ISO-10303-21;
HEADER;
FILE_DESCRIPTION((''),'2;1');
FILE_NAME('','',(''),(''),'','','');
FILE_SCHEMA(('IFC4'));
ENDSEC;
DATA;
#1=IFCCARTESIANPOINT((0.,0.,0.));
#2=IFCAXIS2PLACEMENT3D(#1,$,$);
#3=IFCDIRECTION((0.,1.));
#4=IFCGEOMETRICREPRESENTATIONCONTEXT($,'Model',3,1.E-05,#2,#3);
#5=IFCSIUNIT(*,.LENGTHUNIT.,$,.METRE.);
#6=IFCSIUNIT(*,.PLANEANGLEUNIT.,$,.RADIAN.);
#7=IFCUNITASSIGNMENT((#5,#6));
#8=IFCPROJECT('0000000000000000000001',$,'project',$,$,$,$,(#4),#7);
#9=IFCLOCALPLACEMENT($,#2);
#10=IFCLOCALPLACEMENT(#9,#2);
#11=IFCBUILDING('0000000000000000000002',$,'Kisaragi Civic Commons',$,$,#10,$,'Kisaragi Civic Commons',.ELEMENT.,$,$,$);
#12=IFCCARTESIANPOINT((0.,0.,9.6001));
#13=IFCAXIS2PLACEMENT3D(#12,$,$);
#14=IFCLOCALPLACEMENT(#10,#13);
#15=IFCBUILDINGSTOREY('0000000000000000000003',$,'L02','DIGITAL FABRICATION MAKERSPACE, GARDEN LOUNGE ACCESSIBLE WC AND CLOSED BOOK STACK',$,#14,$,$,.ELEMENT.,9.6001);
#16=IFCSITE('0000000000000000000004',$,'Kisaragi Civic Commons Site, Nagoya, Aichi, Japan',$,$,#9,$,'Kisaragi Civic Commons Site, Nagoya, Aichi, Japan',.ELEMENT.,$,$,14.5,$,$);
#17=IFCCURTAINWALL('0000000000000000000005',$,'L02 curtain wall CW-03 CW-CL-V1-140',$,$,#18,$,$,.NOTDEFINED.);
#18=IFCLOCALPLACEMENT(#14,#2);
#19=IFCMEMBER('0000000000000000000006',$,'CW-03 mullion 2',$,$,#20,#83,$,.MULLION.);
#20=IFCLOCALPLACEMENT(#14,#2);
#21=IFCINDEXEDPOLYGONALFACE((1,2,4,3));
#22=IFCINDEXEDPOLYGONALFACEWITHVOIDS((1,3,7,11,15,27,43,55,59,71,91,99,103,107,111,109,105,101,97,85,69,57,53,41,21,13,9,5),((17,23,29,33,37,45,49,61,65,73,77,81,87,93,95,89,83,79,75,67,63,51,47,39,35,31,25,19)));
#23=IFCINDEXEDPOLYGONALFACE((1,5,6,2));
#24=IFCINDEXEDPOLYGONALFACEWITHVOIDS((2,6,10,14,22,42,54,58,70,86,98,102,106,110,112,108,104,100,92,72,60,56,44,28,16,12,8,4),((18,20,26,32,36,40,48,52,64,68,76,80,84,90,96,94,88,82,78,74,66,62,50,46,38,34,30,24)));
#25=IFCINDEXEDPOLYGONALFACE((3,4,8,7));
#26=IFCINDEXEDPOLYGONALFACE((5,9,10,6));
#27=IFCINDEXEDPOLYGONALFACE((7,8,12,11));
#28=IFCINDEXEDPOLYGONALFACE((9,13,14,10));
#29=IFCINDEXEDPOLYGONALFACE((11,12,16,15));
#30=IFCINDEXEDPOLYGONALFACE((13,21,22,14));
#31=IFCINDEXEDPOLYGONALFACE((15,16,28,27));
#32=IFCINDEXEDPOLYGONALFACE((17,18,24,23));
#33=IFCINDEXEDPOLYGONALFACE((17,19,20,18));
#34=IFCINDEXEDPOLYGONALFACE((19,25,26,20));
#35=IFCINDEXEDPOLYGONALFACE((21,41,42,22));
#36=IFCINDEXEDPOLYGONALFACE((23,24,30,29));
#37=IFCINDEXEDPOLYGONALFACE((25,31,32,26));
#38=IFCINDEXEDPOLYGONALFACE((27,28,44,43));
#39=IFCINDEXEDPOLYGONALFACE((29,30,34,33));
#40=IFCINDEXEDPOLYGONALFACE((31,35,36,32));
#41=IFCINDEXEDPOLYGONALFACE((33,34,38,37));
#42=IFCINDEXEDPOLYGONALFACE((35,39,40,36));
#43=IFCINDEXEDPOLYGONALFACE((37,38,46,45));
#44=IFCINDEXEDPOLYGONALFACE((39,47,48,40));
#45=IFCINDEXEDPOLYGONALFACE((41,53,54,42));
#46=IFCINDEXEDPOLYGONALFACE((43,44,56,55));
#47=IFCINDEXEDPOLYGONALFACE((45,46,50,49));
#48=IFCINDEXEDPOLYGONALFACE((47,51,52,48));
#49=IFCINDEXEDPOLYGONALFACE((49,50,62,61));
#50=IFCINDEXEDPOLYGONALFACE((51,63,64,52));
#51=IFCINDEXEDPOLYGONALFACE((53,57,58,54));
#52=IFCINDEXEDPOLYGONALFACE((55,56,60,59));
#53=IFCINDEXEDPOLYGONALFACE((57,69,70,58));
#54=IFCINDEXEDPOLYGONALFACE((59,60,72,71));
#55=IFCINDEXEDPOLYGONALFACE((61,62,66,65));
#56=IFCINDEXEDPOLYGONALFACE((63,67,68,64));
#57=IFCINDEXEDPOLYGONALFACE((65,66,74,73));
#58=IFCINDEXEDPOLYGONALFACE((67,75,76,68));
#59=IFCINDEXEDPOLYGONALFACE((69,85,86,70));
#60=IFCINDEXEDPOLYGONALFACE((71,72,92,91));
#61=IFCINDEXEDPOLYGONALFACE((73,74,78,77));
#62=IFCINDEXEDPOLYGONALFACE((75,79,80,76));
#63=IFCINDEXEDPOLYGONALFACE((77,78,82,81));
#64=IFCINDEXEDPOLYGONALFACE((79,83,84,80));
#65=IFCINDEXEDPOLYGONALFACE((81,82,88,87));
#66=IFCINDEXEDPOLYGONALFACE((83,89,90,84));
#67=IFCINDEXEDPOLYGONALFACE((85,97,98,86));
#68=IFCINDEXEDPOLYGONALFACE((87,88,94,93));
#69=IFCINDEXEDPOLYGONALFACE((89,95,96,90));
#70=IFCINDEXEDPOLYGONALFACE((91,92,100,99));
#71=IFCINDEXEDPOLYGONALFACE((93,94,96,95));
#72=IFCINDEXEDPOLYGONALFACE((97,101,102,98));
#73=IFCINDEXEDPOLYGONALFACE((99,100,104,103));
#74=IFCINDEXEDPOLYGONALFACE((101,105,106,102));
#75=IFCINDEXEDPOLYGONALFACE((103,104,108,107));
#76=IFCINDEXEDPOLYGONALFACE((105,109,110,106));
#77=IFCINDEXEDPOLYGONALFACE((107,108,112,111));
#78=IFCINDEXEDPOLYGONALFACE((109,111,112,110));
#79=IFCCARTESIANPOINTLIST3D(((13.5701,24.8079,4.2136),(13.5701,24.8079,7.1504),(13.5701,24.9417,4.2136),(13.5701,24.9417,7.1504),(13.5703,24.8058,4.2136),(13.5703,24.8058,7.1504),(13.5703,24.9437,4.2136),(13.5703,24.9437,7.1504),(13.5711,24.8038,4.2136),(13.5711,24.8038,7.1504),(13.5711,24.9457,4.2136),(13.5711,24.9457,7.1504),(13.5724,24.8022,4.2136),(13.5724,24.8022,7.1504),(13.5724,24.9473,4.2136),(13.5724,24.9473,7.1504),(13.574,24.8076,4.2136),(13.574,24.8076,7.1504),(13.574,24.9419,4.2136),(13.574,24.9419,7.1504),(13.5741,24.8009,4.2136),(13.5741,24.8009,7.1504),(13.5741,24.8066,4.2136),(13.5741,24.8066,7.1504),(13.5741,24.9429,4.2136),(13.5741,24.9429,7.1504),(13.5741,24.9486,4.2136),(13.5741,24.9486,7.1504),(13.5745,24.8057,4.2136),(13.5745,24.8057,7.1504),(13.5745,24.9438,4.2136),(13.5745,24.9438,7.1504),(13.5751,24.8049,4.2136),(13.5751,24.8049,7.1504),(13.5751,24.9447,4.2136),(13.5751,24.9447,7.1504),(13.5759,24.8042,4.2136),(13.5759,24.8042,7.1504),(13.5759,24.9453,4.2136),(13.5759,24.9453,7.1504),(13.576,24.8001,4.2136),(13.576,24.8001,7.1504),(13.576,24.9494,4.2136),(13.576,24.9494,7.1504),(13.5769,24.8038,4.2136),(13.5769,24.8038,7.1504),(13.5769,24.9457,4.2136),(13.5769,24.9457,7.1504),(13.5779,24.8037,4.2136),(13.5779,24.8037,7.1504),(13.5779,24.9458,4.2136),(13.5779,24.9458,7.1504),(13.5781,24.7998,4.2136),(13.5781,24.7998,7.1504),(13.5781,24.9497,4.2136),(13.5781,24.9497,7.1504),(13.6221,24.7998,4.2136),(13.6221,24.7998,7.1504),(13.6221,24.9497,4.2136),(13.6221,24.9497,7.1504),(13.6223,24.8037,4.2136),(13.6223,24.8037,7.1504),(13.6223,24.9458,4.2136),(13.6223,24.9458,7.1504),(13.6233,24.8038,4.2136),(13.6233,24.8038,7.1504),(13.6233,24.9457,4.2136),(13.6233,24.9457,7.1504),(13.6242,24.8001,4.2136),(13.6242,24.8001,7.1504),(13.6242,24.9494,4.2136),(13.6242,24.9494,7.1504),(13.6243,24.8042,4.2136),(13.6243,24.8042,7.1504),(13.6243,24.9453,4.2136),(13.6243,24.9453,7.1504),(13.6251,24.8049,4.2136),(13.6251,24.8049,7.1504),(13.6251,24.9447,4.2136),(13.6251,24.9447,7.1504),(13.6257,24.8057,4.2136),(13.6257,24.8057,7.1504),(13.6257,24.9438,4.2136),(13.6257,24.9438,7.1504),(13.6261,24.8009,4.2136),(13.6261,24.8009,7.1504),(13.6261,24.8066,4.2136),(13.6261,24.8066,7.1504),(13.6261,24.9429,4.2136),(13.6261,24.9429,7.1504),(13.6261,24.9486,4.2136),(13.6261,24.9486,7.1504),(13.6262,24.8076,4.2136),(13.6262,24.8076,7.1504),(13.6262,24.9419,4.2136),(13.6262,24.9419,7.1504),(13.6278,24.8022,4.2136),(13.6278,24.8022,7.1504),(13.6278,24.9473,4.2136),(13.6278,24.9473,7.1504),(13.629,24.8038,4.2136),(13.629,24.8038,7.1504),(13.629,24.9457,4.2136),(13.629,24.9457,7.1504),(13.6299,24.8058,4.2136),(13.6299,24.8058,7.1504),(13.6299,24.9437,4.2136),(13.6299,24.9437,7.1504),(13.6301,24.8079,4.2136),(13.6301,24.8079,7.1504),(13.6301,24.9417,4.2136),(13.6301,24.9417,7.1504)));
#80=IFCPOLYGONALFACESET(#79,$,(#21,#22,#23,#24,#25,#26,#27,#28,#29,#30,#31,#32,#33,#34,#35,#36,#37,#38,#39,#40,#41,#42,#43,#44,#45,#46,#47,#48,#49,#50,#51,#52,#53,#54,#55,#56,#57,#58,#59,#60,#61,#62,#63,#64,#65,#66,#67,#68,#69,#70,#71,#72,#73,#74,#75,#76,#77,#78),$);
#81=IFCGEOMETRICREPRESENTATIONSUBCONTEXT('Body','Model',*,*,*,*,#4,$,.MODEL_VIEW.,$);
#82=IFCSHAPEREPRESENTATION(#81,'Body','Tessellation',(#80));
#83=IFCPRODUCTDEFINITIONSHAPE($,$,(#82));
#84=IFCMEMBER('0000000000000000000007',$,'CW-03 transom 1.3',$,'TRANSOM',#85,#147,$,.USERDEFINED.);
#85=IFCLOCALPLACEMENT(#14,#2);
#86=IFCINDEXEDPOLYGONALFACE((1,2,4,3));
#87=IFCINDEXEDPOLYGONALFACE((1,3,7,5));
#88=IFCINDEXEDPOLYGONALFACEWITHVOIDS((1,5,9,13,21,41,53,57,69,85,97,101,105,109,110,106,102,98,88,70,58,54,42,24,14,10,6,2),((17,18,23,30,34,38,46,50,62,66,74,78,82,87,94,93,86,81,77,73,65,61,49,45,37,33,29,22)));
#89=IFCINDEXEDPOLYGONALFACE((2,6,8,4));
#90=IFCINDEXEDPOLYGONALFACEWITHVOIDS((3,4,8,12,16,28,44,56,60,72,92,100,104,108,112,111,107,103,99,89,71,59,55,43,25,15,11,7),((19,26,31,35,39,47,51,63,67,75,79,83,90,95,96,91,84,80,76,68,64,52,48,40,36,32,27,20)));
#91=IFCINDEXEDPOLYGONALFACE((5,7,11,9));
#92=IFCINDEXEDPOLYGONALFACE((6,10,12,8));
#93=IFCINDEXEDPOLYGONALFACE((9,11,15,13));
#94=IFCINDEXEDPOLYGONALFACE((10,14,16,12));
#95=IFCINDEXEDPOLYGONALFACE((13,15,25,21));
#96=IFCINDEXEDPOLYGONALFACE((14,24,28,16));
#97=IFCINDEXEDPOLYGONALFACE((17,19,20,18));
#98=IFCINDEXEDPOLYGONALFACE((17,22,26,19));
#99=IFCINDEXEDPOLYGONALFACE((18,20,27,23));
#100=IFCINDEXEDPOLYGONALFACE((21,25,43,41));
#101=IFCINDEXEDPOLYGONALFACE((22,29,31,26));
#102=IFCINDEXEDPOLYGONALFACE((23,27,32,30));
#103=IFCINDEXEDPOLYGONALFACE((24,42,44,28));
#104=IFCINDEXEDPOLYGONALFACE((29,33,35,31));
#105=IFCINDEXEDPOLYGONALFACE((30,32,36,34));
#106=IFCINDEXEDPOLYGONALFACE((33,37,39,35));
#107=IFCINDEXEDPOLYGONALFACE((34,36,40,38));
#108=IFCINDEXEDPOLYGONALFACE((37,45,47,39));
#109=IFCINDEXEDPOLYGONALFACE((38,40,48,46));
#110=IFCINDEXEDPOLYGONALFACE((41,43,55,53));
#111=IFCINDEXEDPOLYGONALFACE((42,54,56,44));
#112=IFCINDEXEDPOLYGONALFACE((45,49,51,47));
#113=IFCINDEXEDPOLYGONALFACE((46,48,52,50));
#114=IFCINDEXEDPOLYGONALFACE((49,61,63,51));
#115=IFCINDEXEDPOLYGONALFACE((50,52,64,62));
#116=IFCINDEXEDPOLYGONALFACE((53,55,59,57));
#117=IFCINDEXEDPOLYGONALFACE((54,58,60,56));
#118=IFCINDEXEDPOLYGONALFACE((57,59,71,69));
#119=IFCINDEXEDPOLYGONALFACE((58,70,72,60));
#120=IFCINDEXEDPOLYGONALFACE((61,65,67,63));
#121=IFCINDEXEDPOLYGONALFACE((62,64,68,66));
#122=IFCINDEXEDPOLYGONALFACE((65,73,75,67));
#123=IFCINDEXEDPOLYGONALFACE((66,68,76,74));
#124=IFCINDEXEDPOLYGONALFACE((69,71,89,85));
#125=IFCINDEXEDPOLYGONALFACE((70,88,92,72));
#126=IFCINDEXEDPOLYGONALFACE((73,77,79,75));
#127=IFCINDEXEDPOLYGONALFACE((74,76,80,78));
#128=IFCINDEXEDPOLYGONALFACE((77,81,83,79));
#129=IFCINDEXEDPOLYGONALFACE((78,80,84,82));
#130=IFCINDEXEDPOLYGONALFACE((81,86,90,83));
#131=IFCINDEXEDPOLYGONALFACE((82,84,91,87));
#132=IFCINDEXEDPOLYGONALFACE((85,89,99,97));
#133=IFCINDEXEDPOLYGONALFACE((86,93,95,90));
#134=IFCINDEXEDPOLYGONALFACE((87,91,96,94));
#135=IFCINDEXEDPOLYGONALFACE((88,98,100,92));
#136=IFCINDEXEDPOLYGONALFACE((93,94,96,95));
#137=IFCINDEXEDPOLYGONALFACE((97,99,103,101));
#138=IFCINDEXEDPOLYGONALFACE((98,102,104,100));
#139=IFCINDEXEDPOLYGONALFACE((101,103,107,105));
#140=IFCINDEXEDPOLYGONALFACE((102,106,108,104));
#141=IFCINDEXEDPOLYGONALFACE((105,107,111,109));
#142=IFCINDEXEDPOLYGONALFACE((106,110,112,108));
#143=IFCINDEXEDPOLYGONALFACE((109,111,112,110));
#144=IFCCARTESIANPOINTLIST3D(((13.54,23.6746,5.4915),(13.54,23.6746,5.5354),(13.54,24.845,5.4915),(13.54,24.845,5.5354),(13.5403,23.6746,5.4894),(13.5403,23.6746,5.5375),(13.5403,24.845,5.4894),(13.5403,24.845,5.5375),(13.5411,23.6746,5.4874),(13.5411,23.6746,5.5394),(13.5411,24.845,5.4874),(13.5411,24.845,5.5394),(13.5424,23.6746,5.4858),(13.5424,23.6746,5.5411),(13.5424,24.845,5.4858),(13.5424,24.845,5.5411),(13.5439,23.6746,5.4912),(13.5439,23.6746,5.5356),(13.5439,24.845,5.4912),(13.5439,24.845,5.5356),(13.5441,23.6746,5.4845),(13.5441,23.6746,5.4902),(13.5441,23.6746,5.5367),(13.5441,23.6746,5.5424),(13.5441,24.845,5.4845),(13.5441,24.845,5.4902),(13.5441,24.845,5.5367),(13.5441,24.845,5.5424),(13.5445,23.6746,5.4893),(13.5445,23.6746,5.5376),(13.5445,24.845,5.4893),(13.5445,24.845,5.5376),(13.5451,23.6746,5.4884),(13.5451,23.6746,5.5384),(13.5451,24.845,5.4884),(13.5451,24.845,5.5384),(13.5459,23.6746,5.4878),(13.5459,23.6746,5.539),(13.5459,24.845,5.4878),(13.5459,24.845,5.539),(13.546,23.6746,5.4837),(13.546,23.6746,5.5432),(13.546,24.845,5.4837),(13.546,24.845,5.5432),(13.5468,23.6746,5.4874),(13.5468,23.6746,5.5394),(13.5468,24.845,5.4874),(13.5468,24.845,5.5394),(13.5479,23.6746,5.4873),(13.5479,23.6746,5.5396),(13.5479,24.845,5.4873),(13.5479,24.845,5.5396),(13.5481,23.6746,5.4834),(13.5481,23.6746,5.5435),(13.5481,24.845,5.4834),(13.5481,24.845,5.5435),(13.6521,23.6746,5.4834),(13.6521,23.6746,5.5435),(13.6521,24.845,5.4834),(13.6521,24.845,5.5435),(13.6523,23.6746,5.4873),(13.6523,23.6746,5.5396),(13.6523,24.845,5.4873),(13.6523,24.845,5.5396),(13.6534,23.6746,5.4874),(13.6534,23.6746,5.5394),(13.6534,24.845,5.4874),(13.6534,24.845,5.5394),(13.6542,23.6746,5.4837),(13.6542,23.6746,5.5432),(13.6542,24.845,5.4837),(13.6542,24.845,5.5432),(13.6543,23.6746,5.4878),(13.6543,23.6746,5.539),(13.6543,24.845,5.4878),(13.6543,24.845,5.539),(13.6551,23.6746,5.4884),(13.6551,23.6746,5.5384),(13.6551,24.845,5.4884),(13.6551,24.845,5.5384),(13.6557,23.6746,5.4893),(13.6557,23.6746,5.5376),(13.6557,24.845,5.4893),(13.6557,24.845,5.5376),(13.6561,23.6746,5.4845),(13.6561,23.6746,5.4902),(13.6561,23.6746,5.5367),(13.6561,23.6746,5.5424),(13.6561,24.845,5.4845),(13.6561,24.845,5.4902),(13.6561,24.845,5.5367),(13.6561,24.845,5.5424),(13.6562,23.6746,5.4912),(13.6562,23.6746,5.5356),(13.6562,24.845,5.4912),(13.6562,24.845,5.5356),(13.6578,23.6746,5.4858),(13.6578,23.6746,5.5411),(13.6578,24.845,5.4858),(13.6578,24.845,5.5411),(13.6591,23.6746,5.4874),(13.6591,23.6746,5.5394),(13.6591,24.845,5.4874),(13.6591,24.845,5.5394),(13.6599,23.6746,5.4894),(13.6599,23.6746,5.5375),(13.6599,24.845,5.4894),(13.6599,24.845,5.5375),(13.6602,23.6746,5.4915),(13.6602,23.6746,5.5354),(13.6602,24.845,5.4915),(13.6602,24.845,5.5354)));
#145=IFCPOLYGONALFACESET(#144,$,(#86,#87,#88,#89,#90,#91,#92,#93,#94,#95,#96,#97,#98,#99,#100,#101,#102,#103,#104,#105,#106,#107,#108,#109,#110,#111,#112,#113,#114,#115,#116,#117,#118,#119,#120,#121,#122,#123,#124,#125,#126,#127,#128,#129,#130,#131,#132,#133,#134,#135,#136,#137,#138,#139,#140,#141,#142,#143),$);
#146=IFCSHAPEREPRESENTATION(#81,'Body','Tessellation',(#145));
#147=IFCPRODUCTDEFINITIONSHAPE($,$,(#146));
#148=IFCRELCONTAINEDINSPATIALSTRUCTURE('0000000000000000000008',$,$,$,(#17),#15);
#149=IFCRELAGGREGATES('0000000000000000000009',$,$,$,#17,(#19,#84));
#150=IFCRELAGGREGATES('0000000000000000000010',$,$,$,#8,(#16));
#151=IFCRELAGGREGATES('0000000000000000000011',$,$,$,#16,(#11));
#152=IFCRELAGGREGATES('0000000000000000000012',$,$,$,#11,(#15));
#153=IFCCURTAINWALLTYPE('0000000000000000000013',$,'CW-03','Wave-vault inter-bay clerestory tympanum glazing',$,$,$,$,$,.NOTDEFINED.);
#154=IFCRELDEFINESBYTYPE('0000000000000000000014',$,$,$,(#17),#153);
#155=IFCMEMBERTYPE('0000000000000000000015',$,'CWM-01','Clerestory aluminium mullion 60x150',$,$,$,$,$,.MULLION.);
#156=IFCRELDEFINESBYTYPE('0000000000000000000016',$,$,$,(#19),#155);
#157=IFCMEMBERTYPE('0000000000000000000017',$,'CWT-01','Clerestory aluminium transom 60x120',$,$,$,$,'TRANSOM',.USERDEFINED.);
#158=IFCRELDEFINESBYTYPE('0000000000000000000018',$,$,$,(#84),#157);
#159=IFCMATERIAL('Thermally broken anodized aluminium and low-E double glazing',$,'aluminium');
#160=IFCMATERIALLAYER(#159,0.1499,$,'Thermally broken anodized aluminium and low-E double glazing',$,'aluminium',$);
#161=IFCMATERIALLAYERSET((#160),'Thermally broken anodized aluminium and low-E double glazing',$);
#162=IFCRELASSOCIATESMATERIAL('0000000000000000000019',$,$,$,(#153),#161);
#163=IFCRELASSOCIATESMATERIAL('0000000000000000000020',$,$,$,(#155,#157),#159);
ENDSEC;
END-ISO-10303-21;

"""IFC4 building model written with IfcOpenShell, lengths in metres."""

from ifc_helpers import new_model, si_unit, direction, frame, origin, origin_2d, place, context, subcontext, project, spatial, hollow_rectangle, extrude, material, layer, layer_set, material_profile, profile_set, type_object, element, aggregate, save


model = new_model("IFC4")

# Units and contexts
model_context = context("Model", 3, precision=1e-05, world=origin(), true_north=direction((0.0, 1.0)))
body_context = subcontext(model_context, "Body", "Model", "MODEL_VIEW")
ifc_project = project(units=[si_unit("LENGTHUNIT", "METRE"), si_unit("PLANEANGLEUNIT", "RADIAN")], contexts=[model_context])

# Site, building, storey
site_placement = place(None, origin())
site = spatial("IfcSite", under=ifc_project, at=site_placement, Name="Kisaragi Civic Commons Site, Nagoya, Aichi, Japan", LongName="Kisaragi Civic Commons Site, Nagoya, Aichi, Japan", CompositionType="ELEMENT", RefElevation=14.5)
building_placement = place(site_placement, origin())
building = spatial("IfcBuilding", under=site, at=building_placement, Name="Kisaragi Civic Commons", LongName="Kisaragi Civic Commons", CompositionType="ELEMENT")
storey_placement = place(building_placement, frame((0.0, 0.0, 9.6001)))
storey = spatial("IfcBuildingStorey", under=building, at=storey_placement, Name="L02", Description="DIGITAL FABRICATION MAKERSPACE, GARDEN LOUNGE ACCESSIBLE WC AND CLOSED BOOK STACK", CompositionType="ELEMENT", Elevation=9.6001)

# Curtain wall, members
ifc_material_1 = material(Name="Thermally broken anodized aluminium and low-E double glazing", Category="aluminium")
ifc_layer_1 = layer(ifc_material_1, 0.1499, Name="Thermally broken anodized aluminium and low-E double glazing", Category="aluminium")
ifc_layer_set_1 = layer_set([ifc_layer_1], Name="Thermally broken anodized aluminium and low-E double glazing")
curtain_wall_type = type_object("IfcCurtainWallType", Name="CW-03", Description="Wave-vault inter-bay clerestory tympanum glazing", PredefinedType="NOTDEFINED", material=ifc_layer_set_1)
curtain_wall_placement = place(storey_placement, origin())
curtain_wall = element("IfcCurtainWall", 1, at=curtain_wall_placement, inside=storey, type_object=curtain_wall_type, Name="L02 curtain wall CW-03 CW-CL-V1-140", PredefinedType="NOTDEFINED")
ifc_material_profile_1 = material_profile(ifc_material_1, hollow_rectangle(XDim=0.0601, YDim=0.1499, WallThickness=0.0039, InnerFilletRadius=0.0039, OuterFilletRadius=0.0081, at=origin_2d()), Name="CWM-60x150x4", Category="aluminium")
ifc_profile_set_1 = profile_set([ifc_material_profile_1], Name="Thermally broken anodized aluminium and low-E double glazing")
member_type_1 = type_object("IfcMemberType", Name="CWM-01", Description="Clerestory aluminium mullion 60x150", PredefinedType="MULLION", material=ifc_profile_set_1)
member_1_placement = place(storey_placement, frame((13.6001, 24.8748, 4.2136), z_axis=(0.0, 0.0, 1.0), x_axis=(-1.0, 0.0, 0.0)))
member_1 = element("IfcMember", 2, at=member_1_placement, type_object=member_type_1, Name="CW-03 mullion 2", PredefinedType="MULLION", context=body_context, shape_type="SweptSolid", body=[
    extrude(hollow_rectangle(XDim=0.0601, YDim=0.1499, WallThickness=0.0039, InnerFilletRadius=0.0039, OuterFilletRadius=0.0081, at=origin_2d()), origin(), (0.0, 0.0, 1.0), 2.9368),
])
ifc_material_profile_2 = material_profile(ifc_material_1, hollow_rectangle(XDim=0.1201, YDim=0.0601, WallThickness=0.0039, InnerFilletRadius=0.0039, OuterFilletRadius=0.0081, at=origin_2d()), Name="CWT-60x120x4", Category="aluminium")
ifc_profile_set_2 = profile_set([ifc_material_profile_2], Name="Thermally broken anodized aluminium and low-E double glazing")
member_type_2 = type_object("IfcMemberType", Name="CWT-01", Description="Clerestory aluminium transom 60x120", ElementType="TRANSOM", PredefinedType="USERDEFINED", material=ifc_profile_set_2)
member_2_placement = place(storey_placement, frame((13.6001, 23.6746, 5.5134), z_axis=(0.0, 1.0, 0.0), x_axis=(-1.0, 0.0, 0.0)))
member_2 = element("IfcMember", 3, at=member_2_placement, type_object=member_type_2, Name="CW-03 transom 1.3", ObjectType="TRANSOM", PredefinedType="USERDEFINED", context=body_context, shape_type="SweptSolid", body=[
    extrude(hollow_rectangle(XDim=0.1201, YDim=0.0601, WallThickness=0.0039, InnerFilletRadius=0.0039, OuterFilletRadius=0.0081, at=origin_2d()), origin(), (0.0, 0.0, 1.0), 1.1704),
])

aggregate(curtain_wall, [member_1, member_2])

save(model, "model.ifc")
